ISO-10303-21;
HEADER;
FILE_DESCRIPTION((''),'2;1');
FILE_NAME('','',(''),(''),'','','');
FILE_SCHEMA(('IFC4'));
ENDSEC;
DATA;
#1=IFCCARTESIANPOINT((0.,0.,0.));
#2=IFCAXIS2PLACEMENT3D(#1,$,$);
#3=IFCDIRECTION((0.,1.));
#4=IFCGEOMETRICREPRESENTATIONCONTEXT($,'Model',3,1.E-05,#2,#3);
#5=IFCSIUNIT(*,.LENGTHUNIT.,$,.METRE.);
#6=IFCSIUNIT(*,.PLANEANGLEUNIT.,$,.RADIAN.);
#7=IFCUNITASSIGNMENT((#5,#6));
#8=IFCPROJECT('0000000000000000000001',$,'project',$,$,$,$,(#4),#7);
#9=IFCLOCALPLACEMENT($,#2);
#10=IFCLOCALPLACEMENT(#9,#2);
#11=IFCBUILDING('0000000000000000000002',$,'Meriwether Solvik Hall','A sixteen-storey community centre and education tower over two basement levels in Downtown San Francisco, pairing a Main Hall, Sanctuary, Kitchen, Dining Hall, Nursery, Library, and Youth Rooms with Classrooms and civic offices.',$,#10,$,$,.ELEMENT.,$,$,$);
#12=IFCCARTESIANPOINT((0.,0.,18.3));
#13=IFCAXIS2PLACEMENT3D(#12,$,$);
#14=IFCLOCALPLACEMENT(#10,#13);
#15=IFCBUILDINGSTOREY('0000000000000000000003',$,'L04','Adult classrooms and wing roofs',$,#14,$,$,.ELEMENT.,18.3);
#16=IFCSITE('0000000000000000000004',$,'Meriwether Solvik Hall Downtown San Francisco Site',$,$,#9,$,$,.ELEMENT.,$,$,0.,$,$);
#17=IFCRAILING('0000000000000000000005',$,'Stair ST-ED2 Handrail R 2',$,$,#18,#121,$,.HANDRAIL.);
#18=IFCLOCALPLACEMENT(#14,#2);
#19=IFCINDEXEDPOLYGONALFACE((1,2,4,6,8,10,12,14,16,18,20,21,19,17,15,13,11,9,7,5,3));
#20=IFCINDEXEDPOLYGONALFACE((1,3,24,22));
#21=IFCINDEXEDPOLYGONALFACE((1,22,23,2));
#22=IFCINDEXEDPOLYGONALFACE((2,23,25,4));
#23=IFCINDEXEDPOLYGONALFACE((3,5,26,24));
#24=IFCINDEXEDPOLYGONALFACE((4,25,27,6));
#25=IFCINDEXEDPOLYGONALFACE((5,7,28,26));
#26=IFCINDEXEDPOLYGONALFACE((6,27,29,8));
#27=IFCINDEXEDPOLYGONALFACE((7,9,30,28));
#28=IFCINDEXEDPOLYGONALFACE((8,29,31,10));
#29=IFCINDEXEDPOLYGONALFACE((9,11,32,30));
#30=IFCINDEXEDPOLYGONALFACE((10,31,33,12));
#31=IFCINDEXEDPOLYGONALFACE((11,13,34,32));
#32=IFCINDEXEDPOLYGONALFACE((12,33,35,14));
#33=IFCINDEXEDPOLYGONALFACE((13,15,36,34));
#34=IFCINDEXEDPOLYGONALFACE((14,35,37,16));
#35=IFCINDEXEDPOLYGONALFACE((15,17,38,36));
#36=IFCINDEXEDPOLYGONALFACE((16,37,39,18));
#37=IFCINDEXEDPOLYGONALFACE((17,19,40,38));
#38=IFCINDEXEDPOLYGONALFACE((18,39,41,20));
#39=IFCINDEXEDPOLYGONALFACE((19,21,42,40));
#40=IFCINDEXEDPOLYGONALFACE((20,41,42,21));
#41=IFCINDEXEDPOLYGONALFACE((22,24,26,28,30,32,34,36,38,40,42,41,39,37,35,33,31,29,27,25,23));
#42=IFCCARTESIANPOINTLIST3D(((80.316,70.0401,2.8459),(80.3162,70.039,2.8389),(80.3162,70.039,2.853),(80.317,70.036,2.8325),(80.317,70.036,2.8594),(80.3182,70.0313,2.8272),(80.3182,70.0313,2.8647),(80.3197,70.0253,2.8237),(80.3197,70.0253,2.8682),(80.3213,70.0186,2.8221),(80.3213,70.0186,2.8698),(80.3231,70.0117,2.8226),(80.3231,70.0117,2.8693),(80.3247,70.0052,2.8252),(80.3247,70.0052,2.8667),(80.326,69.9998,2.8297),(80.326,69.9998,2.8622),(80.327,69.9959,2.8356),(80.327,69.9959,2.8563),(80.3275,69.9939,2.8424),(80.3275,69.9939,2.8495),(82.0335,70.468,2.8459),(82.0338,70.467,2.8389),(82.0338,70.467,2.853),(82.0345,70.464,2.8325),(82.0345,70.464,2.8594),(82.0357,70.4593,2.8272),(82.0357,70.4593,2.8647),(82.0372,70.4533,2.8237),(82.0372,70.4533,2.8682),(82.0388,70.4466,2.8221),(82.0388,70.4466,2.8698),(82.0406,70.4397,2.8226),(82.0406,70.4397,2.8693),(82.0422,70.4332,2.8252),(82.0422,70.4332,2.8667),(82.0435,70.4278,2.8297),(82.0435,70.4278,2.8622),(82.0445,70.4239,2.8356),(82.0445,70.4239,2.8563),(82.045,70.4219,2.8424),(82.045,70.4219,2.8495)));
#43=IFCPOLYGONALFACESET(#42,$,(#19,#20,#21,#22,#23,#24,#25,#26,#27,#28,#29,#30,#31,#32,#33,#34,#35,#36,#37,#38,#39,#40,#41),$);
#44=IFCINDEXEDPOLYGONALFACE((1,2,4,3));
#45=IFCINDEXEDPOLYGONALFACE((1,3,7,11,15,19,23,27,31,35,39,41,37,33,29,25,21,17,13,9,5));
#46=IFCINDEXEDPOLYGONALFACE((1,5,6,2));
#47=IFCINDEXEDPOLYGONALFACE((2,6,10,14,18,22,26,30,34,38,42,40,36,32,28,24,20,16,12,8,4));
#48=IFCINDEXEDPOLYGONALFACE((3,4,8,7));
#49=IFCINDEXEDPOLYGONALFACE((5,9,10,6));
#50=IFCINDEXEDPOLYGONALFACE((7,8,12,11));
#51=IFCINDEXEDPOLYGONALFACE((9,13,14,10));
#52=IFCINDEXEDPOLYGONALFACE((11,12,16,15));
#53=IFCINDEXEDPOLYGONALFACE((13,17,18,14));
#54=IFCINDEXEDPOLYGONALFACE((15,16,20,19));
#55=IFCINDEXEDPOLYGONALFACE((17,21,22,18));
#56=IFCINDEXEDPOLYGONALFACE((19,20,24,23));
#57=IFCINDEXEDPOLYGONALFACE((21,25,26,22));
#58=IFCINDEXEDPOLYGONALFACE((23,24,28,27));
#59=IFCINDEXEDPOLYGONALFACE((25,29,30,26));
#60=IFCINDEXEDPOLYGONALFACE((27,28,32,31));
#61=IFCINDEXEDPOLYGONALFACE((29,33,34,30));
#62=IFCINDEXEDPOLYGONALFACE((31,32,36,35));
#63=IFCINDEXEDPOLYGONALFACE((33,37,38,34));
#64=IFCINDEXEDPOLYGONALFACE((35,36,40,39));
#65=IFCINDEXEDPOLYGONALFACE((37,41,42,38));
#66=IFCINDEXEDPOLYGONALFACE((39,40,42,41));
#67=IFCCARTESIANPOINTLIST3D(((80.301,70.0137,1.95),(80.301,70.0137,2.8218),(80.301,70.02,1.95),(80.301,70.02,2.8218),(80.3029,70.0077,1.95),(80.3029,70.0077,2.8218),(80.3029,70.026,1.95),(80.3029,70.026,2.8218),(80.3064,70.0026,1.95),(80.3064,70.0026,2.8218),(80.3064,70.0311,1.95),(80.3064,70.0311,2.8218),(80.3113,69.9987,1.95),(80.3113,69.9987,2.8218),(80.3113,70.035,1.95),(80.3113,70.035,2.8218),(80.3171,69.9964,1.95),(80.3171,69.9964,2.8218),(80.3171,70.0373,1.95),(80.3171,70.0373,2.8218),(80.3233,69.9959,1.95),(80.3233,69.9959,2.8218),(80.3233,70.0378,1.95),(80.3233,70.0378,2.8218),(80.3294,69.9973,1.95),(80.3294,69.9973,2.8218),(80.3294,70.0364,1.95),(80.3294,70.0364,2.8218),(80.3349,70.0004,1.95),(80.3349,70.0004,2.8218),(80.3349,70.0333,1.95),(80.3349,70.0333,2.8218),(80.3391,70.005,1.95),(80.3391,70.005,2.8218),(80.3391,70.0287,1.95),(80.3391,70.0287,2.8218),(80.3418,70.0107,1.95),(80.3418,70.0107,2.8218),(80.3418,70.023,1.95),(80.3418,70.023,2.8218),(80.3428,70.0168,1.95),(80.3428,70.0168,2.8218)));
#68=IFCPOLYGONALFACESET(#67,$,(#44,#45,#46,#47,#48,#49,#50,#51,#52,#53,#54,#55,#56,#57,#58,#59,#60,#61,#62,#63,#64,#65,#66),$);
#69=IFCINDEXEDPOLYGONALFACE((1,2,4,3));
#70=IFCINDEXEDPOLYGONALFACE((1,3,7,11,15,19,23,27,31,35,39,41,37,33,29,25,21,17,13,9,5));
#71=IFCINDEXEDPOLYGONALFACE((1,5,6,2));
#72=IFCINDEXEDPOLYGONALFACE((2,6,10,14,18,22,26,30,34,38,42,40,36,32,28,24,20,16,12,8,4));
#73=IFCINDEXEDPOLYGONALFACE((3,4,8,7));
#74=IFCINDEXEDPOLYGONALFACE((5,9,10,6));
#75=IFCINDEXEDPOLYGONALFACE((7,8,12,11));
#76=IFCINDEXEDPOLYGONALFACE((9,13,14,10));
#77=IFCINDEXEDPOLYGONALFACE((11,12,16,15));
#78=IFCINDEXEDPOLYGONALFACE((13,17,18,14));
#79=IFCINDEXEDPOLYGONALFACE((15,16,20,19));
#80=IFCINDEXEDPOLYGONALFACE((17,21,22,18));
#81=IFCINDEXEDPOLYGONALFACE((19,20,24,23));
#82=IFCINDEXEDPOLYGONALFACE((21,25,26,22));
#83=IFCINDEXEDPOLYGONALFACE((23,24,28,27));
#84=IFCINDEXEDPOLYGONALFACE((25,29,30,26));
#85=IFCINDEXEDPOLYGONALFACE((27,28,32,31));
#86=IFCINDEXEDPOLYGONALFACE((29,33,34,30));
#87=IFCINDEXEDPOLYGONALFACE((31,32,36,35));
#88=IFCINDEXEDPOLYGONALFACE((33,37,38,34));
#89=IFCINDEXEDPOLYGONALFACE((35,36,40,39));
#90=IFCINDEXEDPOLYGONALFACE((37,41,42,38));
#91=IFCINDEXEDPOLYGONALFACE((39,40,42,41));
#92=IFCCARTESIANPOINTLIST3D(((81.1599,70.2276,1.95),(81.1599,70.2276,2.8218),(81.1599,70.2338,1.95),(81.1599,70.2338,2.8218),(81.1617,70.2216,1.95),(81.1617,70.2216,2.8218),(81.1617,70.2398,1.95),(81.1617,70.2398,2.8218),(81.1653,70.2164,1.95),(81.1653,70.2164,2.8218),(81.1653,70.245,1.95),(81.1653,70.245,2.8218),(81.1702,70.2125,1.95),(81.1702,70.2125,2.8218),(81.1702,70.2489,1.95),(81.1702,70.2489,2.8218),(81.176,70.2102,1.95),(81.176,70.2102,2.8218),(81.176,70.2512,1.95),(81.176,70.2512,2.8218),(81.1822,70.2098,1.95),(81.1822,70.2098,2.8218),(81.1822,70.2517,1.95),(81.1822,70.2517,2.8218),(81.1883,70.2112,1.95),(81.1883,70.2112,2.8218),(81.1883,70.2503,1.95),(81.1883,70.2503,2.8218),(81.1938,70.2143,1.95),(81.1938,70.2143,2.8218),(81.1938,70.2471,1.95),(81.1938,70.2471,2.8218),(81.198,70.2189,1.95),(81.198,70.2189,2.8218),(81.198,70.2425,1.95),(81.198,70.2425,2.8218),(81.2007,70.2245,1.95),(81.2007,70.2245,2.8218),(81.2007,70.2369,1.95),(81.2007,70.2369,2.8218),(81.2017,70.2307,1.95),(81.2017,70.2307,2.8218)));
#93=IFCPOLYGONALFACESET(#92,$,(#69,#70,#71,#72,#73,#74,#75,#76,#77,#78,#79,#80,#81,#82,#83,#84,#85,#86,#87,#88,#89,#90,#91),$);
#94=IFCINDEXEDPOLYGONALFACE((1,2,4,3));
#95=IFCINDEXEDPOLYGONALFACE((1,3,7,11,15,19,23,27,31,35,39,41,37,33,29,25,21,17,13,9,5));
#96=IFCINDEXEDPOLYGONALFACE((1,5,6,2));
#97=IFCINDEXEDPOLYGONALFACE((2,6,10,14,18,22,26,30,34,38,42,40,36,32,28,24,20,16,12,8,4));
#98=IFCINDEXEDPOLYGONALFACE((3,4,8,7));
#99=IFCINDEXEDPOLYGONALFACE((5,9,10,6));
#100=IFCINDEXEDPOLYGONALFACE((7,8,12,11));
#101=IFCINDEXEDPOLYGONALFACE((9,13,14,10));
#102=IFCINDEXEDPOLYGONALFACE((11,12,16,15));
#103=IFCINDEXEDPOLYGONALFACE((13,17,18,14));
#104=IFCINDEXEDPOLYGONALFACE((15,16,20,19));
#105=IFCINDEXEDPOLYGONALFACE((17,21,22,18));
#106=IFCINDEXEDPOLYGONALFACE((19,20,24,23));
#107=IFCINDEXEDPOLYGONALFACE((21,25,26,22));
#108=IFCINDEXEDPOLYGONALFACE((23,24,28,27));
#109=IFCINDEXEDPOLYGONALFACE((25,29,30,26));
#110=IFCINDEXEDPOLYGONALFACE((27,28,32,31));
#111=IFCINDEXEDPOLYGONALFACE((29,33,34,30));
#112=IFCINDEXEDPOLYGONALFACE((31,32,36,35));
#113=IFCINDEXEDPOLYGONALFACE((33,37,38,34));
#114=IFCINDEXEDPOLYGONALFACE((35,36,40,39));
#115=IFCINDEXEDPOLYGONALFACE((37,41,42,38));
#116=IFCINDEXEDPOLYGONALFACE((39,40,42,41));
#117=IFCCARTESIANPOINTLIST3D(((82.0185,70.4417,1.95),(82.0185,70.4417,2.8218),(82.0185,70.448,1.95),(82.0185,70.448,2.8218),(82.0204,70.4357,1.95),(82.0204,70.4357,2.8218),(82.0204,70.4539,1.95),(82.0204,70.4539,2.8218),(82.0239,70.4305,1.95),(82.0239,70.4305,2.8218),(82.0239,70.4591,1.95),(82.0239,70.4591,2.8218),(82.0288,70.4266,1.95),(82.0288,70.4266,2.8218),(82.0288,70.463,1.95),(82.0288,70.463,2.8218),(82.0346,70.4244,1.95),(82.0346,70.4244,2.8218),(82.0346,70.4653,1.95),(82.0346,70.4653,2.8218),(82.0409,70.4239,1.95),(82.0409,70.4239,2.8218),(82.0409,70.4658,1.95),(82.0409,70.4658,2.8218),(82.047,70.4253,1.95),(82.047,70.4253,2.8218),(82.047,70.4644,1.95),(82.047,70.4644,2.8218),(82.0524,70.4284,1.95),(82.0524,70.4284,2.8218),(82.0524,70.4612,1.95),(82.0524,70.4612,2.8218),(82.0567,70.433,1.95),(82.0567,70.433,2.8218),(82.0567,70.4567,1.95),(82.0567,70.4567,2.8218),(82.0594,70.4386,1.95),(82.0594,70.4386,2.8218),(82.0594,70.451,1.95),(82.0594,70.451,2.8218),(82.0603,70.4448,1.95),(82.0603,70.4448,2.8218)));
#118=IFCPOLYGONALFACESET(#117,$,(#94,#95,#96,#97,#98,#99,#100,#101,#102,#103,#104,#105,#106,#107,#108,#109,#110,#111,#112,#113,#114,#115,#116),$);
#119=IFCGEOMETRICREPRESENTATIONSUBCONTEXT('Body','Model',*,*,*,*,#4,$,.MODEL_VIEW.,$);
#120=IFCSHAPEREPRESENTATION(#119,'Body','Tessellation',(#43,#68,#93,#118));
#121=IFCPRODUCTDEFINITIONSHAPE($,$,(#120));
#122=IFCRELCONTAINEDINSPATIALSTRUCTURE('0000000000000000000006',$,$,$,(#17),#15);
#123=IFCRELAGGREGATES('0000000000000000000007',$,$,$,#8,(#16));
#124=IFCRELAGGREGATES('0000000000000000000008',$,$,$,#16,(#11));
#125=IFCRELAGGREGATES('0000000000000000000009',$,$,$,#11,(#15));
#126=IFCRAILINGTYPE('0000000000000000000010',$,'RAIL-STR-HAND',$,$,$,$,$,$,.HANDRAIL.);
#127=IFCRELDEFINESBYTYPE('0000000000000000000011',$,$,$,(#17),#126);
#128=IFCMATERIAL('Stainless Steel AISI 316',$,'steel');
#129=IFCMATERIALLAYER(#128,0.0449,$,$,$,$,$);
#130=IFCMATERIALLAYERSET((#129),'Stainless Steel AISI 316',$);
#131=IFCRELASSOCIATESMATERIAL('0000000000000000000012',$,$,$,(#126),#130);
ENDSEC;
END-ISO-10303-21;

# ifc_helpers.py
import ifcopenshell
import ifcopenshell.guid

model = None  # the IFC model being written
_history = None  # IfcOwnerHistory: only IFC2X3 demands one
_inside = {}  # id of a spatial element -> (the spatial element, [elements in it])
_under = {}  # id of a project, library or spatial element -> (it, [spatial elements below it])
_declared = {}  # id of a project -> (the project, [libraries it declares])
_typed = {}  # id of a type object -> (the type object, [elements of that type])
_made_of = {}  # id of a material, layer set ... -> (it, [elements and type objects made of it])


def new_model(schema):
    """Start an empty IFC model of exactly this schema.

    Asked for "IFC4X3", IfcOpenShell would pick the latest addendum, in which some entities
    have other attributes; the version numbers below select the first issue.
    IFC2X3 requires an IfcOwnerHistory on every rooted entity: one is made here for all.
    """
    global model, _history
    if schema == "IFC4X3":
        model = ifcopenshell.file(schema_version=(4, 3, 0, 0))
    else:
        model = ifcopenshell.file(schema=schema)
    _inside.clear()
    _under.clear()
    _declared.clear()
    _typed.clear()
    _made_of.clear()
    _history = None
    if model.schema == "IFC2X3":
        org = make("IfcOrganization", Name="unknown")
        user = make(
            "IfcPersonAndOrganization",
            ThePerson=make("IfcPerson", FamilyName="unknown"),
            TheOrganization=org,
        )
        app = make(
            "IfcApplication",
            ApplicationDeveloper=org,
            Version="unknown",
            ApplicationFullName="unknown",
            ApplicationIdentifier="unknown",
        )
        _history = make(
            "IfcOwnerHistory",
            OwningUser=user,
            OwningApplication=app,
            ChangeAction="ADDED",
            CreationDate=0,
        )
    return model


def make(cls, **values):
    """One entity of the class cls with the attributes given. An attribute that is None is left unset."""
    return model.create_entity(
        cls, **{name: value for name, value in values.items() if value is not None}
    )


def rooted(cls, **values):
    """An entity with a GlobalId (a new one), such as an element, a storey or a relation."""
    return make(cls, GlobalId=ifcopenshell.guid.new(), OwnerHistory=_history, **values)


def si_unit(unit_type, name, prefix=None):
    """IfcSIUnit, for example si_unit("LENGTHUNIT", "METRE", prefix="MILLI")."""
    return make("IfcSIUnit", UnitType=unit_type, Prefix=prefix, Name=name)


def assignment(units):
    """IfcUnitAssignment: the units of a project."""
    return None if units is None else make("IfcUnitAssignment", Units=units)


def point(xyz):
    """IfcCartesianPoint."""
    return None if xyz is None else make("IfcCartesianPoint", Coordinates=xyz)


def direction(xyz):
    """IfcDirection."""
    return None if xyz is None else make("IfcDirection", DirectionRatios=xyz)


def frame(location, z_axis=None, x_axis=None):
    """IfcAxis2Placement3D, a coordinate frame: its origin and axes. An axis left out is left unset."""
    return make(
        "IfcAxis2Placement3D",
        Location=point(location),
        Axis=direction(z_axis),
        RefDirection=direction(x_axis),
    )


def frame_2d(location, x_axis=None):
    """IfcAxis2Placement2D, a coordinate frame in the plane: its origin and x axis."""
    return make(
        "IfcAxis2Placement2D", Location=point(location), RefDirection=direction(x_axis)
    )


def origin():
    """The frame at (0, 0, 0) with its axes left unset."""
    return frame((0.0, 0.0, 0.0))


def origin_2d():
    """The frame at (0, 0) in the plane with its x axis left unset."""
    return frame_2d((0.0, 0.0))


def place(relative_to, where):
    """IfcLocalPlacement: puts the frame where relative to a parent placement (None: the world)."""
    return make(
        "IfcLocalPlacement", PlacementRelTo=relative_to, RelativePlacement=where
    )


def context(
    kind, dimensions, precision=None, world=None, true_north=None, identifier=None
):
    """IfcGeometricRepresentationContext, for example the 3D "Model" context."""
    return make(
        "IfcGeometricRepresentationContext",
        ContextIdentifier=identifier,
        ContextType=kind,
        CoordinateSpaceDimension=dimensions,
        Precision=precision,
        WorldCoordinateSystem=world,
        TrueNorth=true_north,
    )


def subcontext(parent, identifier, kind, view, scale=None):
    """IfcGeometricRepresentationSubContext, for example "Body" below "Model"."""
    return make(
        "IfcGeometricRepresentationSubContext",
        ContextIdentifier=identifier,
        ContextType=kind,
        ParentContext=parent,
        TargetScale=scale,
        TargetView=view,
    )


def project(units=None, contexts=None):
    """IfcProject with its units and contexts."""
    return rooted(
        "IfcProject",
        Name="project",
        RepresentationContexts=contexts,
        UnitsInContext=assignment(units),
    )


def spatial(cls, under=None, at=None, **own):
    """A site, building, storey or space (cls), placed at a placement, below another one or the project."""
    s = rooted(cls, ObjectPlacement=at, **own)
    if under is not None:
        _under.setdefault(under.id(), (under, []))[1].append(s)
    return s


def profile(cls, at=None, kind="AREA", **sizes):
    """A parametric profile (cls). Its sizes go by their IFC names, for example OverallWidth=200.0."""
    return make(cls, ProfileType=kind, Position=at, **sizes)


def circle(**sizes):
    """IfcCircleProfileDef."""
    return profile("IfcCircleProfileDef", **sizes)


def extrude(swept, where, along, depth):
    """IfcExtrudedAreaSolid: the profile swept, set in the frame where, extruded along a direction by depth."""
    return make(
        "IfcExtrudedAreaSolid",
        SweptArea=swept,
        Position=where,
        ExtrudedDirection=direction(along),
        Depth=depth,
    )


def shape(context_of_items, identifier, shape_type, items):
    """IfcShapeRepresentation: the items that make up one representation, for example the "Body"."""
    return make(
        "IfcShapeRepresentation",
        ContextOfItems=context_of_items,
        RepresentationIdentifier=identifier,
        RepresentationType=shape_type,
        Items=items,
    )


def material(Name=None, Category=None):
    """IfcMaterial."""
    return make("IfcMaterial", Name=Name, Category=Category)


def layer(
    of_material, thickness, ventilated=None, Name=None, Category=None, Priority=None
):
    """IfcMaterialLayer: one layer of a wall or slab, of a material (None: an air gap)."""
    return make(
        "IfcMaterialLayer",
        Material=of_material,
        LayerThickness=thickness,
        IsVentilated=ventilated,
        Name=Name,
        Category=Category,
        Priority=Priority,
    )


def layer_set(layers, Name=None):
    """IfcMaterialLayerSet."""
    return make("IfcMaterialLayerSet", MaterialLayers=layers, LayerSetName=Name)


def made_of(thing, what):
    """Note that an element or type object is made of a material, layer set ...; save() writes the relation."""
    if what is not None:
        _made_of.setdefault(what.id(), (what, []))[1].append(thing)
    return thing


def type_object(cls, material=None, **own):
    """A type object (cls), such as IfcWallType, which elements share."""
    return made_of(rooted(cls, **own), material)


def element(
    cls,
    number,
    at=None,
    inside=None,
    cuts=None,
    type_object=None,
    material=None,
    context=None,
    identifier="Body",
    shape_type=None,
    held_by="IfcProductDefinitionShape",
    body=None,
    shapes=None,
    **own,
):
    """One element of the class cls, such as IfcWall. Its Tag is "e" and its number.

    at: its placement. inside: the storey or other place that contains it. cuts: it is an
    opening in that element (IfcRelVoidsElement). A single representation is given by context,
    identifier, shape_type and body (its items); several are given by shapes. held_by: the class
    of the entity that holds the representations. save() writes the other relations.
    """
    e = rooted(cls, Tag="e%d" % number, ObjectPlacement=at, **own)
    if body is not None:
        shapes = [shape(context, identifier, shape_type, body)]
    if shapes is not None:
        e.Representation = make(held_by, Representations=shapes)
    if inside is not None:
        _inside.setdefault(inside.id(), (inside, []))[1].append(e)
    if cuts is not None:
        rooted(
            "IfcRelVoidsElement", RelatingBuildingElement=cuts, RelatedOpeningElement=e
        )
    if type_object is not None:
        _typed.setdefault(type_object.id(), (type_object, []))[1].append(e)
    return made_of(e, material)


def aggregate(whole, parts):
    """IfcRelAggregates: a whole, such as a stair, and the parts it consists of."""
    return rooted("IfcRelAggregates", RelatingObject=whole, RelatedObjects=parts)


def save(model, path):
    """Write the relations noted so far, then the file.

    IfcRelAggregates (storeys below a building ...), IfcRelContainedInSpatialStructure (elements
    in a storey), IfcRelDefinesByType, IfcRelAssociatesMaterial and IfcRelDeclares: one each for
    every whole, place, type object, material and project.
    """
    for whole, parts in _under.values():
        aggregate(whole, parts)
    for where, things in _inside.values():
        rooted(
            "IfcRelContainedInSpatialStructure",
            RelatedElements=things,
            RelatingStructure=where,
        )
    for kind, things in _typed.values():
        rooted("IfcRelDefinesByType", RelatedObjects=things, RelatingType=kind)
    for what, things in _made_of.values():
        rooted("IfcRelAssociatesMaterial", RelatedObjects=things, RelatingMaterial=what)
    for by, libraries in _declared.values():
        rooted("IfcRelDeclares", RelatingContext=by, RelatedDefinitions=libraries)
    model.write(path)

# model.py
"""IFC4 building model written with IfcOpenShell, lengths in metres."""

from ifc_helpers import new_model, si_unit, direction, frame, origin, origin_2d, place, context, subcontext, project, spatial, circle, extrude, material, layer, layer_set, type_object, element, save


model = new_model("IFC4")

# Units and contexts
model_context = context("Model", 3, precision=1e-05, world=origin(), true_north=direction((0.0, 1.0)))
body_context = subcontext(model_context, "Body", "Model", "MODEL_VIEW")
ifc_project = project(units=[si_unit("LENGTHUNIT", "METRE"), si_unit("PLANEANGLEUNIT", "RADIAN")], contexts=[model_context])

# Site, building, storey
site_placement = place(None, origin())
site = spatial("IfcSite", under=ifc_project, at=site_placement, Name="Meriwether Solvik Hall Downtown San Francisco Site", CompositionType="ELEMENT", RefElevation=0.0)
building_placement = place(site_placement, origin())
building = spatial("IfcBuilding", under=site, at=building_placement, Name="Meriwether Solvik Hall", Description="A sixteen-storey community centre and education tower over two basement levels in Downtown San Francisco, pairing a Main Hall, Sanctuary, Kitchen, Dining Hall, Nursery, Library, and Youth Rooms with Classrooms and civic offices.", CompositionType="ELEMENT")
storey_placement = place(building_placement, frame((0.0, 0.0, 18.3)))
storey = spatial("IfcBuildingStorey", under=building, at=storey_placement, Name="L04", Description="Adult classrooms and wing roofs", CompositionType="ELEMENT", Elevation=18.3)

# Railing
ifc_material_1 = material(Name="Stainless Steel AISI 316", Category="steel")
ifc_layer_1 = layer(ifc_material_1, 0.0449)
ifc_layer_set_1 = layer_set([ifc_layer_1], Name="Stainless Steel AISI 316")
railing_type_1 = type_object("IfcRailingType", Name="RAIL-STR-HAND", PredefinedType="HANDRAIL", material=ifc_layer_set_1)
railing_1_placement = place(storey_placement, frame((80.3218, 70.0168, 1.95)))
element("IfcRailing", 1, at=railing_1_placement, inside=storey, type_object=railing_type_1, Name="Stair ST-ED2 Handrail R 2", PredefinedType="HANDRAIL", context=body_context, shape_type="SweptSolid", body=[
    extrude(circle(Radius=0.0239, at=origin_2d()), frame((0.0, 0.0, 0.896), z_axis=(0.970329, 0.241789, 0.0), x_axis=(-0.241789, 0.970329, 0.0)), (0.0, 0.0, 1.0), 1.77),
    extrude(circle(Radius=0.021, at=origin_2d()), origin(), (0.0, 0.0, 1.0), 0.8718),
    extrude(circle(Radius=0.021, at=origin_2d()), frame((0.8589, 0.2139, 0.0)), (0.0, 0.0, 1.0), 0.8718),
    extrude(circle(Radius=0.021, at=origin_2d()), frame((1.7175, 0.428, 0.0)), (0.0, 0.0, 1.0), 0.8718),
])

save(model, "model.ifc")
